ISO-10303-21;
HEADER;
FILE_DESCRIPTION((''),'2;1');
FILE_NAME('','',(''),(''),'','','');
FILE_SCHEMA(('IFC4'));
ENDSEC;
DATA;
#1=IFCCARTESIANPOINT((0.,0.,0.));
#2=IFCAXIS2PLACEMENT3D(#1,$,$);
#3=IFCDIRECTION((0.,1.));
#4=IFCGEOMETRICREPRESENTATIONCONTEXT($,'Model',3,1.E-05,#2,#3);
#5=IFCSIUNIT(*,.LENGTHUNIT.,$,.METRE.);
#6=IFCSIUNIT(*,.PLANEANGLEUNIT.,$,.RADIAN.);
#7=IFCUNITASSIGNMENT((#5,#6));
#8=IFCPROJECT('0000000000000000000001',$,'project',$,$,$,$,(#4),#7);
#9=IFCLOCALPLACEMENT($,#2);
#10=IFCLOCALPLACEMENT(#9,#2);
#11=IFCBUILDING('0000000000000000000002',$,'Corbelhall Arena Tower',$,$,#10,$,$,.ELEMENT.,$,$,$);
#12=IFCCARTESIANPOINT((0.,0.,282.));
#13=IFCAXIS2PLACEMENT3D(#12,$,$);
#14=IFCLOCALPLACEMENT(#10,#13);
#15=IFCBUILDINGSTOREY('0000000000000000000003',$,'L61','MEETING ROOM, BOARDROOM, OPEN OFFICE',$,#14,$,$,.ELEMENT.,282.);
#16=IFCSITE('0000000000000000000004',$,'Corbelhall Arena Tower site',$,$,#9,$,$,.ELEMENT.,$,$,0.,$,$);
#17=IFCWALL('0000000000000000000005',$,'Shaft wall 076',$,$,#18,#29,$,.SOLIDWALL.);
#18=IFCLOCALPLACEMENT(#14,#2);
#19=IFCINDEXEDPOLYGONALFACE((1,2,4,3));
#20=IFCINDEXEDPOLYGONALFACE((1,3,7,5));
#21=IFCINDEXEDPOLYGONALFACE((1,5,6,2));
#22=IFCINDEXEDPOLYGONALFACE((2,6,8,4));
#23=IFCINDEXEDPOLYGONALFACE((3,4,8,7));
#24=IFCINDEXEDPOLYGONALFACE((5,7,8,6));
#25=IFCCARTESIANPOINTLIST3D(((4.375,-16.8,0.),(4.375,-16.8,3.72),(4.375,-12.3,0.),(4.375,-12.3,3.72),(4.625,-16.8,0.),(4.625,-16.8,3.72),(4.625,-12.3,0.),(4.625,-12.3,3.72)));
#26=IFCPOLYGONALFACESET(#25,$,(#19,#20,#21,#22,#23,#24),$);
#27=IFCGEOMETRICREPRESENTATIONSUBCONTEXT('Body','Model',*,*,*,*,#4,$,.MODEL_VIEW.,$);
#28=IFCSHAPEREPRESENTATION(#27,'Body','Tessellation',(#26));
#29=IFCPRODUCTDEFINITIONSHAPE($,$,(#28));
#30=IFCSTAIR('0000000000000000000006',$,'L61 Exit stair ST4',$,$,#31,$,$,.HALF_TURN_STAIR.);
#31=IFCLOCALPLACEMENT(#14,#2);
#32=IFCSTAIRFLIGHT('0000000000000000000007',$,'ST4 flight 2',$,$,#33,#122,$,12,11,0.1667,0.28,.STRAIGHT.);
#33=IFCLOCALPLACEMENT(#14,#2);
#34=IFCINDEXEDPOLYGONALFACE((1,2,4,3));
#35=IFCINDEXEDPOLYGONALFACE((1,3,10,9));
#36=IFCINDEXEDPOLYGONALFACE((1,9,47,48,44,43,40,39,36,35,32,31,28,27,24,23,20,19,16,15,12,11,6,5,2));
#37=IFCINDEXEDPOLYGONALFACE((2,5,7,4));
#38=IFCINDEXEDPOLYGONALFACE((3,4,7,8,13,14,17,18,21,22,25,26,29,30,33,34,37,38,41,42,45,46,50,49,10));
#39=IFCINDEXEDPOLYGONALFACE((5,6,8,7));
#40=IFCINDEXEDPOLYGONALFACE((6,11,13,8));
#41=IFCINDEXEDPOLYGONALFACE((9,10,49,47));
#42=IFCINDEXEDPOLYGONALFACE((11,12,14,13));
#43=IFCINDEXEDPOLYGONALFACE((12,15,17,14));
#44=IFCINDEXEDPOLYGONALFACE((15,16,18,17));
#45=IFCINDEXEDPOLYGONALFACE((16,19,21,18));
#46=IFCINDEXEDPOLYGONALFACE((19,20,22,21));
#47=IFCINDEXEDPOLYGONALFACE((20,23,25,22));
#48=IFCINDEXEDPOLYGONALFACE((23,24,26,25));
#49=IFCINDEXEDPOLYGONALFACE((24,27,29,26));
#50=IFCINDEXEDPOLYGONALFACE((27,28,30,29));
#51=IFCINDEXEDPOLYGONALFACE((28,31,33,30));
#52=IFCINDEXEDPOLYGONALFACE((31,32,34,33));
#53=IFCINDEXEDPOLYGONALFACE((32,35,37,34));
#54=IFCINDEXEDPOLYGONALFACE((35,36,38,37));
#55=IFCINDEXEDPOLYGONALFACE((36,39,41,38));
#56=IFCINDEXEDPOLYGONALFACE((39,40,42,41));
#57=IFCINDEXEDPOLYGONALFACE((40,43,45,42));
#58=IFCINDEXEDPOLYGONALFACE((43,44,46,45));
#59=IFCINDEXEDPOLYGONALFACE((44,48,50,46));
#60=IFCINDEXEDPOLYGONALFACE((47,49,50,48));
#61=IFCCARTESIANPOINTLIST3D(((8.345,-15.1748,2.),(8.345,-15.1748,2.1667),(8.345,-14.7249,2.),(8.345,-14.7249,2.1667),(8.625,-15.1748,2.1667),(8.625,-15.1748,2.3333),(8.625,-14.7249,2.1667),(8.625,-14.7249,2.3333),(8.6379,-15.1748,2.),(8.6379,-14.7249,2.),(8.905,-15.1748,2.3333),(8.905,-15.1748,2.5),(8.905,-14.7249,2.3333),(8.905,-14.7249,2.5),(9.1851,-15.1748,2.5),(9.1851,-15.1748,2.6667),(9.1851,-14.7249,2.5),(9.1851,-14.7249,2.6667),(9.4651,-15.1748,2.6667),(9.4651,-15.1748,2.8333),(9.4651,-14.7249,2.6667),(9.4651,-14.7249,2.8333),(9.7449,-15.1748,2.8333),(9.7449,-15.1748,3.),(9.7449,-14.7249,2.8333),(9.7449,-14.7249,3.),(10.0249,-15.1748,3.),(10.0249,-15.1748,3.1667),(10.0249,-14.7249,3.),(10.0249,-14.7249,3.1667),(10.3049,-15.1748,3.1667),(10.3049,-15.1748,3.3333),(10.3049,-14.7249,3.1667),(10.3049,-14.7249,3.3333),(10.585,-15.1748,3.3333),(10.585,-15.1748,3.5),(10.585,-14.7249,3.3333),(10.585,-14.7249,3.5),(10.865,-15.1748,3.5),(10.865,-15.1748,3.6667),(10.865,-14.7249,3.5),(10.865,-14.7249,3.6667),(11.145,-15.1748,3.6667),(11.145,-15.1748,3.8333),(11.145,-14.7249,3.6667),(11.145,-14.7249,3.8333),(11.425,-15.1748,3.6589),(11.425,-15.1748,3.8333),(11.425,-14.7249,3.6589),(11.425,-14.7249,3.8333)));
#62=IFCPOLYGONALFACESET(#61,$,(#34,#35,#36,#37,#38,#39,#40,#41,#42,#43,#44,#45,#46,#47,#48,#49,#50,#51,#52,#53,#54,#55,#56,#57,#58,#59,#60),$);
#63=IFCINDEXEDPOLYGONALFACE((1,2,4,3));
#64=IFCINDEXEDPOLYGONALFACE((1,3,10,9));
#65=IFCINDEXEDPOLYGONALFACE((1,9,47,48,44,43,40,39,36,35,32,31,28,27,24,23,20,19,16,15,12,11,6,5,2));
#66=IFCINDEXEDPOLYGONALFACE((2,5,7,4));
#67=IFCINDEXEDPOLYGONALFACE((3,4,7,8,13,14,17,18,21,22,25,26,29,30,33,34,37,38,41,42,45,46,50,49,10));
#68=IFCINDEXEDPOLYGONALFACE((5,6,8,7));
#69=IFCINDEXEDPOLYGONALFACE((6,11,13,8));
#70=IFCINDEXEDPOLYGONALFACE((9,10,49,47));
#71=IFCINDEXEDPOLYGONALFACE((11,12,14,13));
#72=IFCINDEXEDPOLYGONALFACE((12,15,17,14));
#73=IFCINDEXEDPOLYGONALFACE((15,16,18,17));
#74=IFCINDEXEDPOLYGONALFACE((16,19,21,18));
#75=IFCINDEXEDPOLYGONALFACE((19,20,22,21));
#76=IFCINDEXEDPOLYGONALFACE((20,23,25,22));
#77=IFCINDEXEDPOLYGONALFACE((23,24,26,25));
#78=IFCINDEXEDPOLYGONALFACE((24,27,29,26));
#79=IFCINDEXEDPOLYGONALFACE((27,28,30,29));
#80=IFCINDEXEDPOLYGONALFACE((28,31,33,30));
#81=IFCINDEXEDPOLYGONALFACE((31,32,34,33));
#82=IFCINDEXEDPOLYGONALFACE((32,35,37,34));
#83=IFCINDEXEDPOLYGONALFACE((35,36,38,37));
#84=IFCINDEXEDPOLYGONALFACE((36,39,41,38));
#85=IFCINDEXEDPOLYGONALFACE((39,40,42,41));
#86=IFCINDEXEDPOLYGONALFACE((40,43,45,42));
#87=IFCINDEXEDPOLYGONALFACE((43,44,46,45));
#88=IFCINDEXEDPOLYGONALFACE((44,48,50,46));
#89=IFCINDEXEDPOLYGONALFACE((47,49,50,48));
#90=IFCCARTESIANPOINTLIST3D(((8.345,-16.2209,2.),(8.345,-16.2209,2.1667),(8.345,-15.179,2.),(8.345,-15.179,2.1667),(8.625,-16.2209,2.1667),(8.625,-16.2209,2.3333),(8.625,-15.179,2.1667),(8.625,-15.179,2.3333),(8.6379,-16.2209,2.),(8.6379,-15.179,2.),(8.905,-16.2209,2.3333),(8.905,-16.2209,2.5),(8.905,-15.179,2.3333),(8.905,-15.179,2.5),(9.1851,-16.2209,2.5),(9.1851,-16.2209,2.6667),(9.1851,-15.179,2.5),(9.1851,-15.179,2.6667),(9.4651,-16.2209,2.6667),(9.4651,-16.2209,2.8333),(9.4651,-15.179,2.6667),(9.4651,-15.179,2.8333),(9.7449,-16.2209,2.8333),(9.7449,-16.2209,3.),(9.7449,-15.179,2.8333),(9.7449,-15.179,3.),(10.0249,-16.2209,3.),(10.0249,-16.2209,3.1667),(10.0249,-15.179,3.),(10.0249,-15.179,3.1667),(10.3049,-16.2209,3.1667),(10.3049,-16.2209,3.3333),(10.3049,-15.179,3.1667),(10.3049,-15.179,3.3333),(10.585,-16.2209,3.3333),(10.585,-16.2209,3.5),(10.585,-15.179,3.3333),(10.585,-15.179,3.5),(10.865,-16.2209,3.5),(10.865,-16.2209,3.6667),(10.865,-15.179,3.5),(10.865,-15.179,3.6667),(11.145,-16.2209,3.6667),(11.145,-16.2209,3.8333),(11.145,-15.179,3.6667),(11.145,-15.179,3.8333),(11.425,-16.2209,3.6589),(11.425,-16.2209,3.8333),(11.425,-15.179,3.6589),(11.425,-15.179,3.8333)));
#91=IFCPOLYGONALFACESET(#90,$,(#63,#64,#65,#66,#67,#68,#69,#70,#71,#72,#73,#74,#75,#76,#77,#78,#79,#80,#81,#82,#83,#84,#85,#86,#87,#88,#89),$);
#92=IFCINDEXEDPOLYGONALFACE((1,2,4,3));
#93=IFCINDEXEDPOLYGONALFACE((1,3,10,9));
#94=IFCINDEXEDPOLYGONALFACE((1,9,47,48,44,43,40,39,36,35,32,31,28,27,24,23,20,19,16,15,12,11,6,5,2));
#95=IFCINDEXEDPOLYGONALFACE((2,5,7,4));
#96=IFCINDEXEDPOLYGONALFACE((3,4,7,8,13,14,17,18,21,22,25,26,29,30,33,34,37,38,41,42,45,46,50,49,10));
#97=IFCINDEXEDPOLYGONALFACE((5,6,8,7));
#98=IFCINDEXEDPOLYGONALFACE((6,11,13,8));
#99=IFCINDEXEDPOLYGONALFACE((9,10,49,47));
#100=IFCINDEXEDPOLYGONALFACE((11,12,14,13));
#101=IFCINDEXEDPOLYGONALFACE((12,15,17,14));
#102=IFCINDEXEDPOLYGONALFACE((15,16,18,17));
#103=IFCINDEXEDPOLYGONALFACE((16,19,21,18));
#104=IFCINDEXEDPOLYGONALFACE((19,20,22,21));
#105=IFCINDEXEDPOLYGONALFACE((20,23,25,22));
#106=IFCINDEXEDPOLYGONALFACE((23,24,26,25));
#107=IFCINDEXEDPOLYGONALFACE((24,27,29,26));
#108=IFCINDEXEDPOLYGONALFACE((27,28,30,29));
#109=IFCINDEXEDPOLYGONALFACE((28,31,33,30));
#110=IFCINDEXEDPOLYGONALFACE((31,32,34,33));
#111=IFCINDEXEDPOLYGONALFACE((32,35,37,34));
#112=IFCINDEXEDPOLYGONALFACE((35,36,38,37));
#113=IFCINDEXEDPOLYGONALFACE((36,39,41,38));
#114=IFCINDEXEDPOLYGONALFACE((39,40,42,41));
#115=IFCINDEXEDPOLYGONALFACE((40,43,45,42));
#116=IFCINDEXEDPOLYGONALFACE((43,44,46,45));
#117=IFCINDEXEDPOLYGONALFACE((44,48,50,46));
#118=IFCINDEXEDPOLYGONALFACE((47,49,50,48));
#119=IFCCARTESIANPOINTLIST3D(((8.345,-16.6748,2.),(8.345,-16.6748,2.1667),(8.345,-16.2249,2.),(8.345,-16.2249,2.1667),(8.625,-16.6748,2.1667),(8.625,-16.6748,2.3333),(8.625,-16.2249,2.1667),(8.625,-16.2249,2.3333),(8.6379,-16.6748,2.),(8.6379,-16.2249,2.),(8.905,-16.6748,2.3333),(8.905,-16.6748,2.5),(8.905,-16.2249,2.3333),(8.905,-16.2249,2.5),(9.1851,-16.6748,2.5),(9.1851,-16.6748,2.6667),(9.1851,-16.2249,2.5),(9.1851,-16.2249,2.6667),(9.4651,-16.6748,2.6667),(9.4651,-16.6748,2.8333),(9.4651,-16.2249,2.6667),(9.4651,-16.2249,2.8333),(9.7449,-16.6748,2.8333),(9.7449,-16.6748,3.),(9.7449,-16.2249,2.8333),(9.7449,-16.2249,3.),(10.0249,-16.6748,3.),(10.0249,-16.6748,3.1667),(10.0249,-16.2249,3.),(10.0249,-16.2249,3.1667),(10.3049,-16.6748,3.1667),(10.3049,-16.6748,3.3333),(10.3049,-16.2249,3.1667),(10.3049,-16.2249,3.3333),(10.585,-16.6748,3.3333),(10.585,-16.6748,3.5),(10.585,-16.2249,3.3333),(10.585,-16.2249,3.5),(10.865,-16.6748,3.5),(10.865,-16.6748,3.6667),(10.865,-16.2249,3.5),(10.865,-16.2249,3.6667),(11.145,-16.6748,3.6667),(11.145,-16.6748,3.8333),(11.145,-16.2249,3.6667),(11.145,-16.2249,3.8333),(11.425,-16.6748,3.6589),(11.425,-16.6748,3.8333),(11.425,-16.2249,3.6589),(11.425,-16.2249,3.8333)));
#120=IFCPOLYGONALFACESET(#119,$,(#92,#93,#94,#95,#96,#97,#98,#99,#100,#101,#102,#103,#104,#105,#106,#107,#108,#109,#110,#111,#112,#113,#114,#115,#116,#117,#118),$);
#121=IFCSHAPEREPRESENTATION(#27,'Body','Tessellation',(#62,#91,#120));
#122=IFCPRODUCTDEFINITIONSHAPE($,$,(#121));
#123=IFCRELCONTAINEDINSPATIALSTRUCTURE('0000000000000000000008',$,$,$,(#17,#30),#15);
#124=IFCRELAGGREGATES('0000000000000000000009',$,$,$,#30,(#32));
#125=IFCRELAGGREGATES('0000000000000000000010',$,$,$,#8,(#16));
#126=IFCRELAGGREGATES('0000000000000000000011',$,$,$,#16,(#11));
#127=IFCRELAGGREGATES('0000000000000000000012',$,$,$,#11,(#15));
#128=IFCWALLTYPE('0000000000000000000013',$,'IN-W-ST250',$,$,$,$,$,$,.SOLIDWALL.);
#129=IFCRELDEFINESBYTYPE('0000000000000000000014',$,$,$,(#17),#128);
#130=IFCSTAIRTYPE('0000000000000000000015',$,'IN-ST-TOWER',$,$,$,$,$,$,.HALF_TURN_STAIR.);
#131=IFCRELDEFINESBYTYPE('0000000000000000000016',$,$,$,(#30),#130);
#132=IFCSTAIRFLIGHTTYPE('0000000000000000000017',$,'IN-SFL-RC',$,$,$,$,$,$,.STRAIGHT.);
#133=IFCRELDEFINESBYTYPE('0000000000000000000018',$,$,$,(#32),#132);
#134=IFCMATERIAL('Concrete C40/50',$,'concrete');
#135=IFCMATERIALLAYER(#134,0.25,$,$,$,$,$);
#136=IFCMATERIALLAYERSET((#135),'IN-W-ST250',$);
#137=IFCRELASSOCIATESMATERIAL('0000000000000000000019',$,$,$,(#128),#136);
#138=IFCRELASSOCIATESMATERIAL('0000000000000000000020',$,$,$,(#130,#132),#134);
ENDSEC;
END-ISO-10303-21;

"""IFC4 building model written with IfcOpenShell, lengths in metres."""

from ifc_helpers import new_model, si_unit, direction, frame, frame_2d, origin, place, context, subcontext, project, spatial, polyline, rectangle, outline, extrude, material, layer, layer_set, type_object, element, aggregate, save


model = new_model("IFC4")

# Units and contexts
model_context = context("Model", 3, precision=1e-05, world=origin(), true_north=direction((0.0, 1.0)))
body_context = subcontext(model_context, "Body", "Model", "MODEL_VIEW")
ifc_project = project(units=[si_unit("LENGTHUNIT", "METRE"), si_unit("PLANEANGLEUNIT", "RADIAN")], contexts=[model_context])

# Site, building, storey
site_placement = place(None, origin())
site = spatial("IfcSite", under=ifc_project, at=site_placement, Name="Corbelhall Arena Tower site", CompositionType="ELEMENT", RefElevation=0.0)
building_placement = place(site_placement, origin())
building = spatial("IfcBuilding", under=site, at=building_placement, Name="Corbelhall Arena Tower", CompositionType="ELEMENT")
storey_placement = place(building_placement, frame((0.0, 0.0, 282.0)))
storey = spatial("IfcBuildingStorey", under=building, at=storey_placement, Name="L61", Description="MEETING ROOM, BOARDROOM, OPEN OFFICE", CompositionType="ELEMENT", Elevation=282.0)

# Wall
ifc_material_1 = material(Name="Concrete C40/50", Category="concrete")
ifc_layer_1 = layer(ifc_material_1, 0.25)
ifc_layer_set_1 = layer_set([ifc_layer_1], Name="IN-W-ST250")
wall_type_1 = type_object("IfcWallType", Name="IN-W-ST250", PredefinedType="SOLIDWALL", material=ifc_layer_set_1)
wall_1_placement = place(storey_placement, frame((4.5, -16.8, 0.0), z_axis=(0.0, 0.0, 1.0), x_axis=(0.0, 1.0, 0.0)))
element("IfcWall", 1, at=wall_1_placement, inside=storey, type_object=wall_type_1, Name="Shaft wall 076", PredefinedType="SOLIDWALL", context=body_context, shape_type="SweptSolid", body=[
    extrude(rectangle(XDim=4.5, YDim=0.25, at=frame_2d((2.25, 0.0))), origin(), (0.0, 0.0, 1.0), 3.72),
])

# Stair, stair flight
stair_type = type_object("IfcStairType", Name="IN-ST-TOWER", PredefinedType="HALF_TURN_STAIR", material=ifc_material_1)
stair_placement = place(storey_placement, origin())
stair = element("IfcStair", 2, at=stair_placement, inside=storey, type_object=stair_type, Name="L61 Exit stair ST4", PredefinedType="HALF_TURN_STAIR")
stair_flight_type = type_object("IfcStairFlightType", Name="IN-SFL-RC", PredefinedType="STRAIGHT", material=ifc_material_1)
stair_flight_placement = place(storey_placement, frame((8.345, -15.7, 2.0), z_axis=(0.0, 0.0, 1.0), x_axis=(1.0, 0.0, 0.0)))
stair_flight = element("IfcStairFlight", 3, at=stair_flight_placement, type_object=stair_flight_type, Name="ST4 flight 2", NumberOfRisers=12, NumberOfTreads=11, PredefinedType="STRAIGHT", RiserHeight=0.1667, TreadLength=0.28, context=body_context, shape_type="SweptSolid", body=[
    extrude(outline(polyline([(0.0, 0.0), (0.0, 0.1667), (0.28, 0.1667), (0.28, 0.3333), (0.5601, 0.3333), (0.5601, 0.5), (0.8401, 0.5), (0.8401, 0.6667), (1.1201, 0.6667), (1.1201, 0.8333), (1.3999, 0.8333), (1.3999, 1.0), (1.6799, 1.0), (1.6799, 1.1667), (1.96, 1.1667), (1.96, 1.3333), (2.24, 1.3333), (2.24, 1.5), (2.52, 1.5), (2.52, 1.6667), (2.8, 1.6667), (2.8, 1.8333), (3.0801, 1.8333), (3.0801, 2.0), (3.0801, 1.6589), (0.293, 0.0), (0.0, 0.0)])), frame((0.0, 0.9751, 0.0), z_axis=(0.0, -1.0, 0.0), x_axis=(1.0, 0.0, 0.0)), (0.0, 0.0, 1.0), 0.45),
    extrude(outline(polyline([(0.0, 0.0), (0.0, 0.1667), (0.28, 0.1667), (0.28, 0.3333), (0.5601, 0.3333), (0.5601, 0.5), (0.8401, 0.5), (0.8401, 0.6667), (1.1201, 0.6667), (1.1201, 0.8333), (1.3999, 0.8333), (1.3999, 1.0), (1.6799, 1.0), (1.6799, 1.1667), (1.96, 1.1667), (1.96, 1.3333), (2.24, 1.3333), (2.24, 1.5), (2.52, 1.5), (2.52, 1.6667), (2.8, 1.6667), (2.8, 1.8333), (3.0801, 1.8333), (3.0801, 2.0), (3.0801, 1.6589), (0.293, 0.0), (0.0, 0.0)])), frame((0.0, 0.521, 0.0), z_axis=(0.0, -1.0, 0.0), x_axis=(1.0, 0.0, 0.0)), (0.0, 0.0, 1.0), 1.042),
    extrude(outline(polyline([(0.0, 0.0), (0.0, 0.1667), (0.28, 0.1667), (0.28, 0.3333), (0.5601, 0.3333), (0.5601, 0.5), (0.8401, 0.5), (0.8401, 0.6667), (1.1201, 0.6667), (1.1201, 0.8333), (1.3999, 0.8333), (1.3999, 1.0), (1.6799, 1.0), (1.6799, 1.1667), (1.96, 1.1667), (1.96, 1.3333), (2.24, 1.3333), (2.24, 1.5), (2.52, 1.5), (2.52, 1.6667), (2.8, 1.6667), (2.8, 1.8333), (3.0801, 1.8333), (3.0801, 2.0), (3.0801, 1.6589), (0.293, 0.0), (0.0, 0.0)])), frame((0.0, -0.5249, 0.0), z_axis=(0.0, -1.0, 0.0), x_axis=(1.0, 0.0, 0.0)), (0.0, 0.0, 1.0), 0.45),
])
aggregate(stair, [stair_flight])

save(model, "model.ifc")
